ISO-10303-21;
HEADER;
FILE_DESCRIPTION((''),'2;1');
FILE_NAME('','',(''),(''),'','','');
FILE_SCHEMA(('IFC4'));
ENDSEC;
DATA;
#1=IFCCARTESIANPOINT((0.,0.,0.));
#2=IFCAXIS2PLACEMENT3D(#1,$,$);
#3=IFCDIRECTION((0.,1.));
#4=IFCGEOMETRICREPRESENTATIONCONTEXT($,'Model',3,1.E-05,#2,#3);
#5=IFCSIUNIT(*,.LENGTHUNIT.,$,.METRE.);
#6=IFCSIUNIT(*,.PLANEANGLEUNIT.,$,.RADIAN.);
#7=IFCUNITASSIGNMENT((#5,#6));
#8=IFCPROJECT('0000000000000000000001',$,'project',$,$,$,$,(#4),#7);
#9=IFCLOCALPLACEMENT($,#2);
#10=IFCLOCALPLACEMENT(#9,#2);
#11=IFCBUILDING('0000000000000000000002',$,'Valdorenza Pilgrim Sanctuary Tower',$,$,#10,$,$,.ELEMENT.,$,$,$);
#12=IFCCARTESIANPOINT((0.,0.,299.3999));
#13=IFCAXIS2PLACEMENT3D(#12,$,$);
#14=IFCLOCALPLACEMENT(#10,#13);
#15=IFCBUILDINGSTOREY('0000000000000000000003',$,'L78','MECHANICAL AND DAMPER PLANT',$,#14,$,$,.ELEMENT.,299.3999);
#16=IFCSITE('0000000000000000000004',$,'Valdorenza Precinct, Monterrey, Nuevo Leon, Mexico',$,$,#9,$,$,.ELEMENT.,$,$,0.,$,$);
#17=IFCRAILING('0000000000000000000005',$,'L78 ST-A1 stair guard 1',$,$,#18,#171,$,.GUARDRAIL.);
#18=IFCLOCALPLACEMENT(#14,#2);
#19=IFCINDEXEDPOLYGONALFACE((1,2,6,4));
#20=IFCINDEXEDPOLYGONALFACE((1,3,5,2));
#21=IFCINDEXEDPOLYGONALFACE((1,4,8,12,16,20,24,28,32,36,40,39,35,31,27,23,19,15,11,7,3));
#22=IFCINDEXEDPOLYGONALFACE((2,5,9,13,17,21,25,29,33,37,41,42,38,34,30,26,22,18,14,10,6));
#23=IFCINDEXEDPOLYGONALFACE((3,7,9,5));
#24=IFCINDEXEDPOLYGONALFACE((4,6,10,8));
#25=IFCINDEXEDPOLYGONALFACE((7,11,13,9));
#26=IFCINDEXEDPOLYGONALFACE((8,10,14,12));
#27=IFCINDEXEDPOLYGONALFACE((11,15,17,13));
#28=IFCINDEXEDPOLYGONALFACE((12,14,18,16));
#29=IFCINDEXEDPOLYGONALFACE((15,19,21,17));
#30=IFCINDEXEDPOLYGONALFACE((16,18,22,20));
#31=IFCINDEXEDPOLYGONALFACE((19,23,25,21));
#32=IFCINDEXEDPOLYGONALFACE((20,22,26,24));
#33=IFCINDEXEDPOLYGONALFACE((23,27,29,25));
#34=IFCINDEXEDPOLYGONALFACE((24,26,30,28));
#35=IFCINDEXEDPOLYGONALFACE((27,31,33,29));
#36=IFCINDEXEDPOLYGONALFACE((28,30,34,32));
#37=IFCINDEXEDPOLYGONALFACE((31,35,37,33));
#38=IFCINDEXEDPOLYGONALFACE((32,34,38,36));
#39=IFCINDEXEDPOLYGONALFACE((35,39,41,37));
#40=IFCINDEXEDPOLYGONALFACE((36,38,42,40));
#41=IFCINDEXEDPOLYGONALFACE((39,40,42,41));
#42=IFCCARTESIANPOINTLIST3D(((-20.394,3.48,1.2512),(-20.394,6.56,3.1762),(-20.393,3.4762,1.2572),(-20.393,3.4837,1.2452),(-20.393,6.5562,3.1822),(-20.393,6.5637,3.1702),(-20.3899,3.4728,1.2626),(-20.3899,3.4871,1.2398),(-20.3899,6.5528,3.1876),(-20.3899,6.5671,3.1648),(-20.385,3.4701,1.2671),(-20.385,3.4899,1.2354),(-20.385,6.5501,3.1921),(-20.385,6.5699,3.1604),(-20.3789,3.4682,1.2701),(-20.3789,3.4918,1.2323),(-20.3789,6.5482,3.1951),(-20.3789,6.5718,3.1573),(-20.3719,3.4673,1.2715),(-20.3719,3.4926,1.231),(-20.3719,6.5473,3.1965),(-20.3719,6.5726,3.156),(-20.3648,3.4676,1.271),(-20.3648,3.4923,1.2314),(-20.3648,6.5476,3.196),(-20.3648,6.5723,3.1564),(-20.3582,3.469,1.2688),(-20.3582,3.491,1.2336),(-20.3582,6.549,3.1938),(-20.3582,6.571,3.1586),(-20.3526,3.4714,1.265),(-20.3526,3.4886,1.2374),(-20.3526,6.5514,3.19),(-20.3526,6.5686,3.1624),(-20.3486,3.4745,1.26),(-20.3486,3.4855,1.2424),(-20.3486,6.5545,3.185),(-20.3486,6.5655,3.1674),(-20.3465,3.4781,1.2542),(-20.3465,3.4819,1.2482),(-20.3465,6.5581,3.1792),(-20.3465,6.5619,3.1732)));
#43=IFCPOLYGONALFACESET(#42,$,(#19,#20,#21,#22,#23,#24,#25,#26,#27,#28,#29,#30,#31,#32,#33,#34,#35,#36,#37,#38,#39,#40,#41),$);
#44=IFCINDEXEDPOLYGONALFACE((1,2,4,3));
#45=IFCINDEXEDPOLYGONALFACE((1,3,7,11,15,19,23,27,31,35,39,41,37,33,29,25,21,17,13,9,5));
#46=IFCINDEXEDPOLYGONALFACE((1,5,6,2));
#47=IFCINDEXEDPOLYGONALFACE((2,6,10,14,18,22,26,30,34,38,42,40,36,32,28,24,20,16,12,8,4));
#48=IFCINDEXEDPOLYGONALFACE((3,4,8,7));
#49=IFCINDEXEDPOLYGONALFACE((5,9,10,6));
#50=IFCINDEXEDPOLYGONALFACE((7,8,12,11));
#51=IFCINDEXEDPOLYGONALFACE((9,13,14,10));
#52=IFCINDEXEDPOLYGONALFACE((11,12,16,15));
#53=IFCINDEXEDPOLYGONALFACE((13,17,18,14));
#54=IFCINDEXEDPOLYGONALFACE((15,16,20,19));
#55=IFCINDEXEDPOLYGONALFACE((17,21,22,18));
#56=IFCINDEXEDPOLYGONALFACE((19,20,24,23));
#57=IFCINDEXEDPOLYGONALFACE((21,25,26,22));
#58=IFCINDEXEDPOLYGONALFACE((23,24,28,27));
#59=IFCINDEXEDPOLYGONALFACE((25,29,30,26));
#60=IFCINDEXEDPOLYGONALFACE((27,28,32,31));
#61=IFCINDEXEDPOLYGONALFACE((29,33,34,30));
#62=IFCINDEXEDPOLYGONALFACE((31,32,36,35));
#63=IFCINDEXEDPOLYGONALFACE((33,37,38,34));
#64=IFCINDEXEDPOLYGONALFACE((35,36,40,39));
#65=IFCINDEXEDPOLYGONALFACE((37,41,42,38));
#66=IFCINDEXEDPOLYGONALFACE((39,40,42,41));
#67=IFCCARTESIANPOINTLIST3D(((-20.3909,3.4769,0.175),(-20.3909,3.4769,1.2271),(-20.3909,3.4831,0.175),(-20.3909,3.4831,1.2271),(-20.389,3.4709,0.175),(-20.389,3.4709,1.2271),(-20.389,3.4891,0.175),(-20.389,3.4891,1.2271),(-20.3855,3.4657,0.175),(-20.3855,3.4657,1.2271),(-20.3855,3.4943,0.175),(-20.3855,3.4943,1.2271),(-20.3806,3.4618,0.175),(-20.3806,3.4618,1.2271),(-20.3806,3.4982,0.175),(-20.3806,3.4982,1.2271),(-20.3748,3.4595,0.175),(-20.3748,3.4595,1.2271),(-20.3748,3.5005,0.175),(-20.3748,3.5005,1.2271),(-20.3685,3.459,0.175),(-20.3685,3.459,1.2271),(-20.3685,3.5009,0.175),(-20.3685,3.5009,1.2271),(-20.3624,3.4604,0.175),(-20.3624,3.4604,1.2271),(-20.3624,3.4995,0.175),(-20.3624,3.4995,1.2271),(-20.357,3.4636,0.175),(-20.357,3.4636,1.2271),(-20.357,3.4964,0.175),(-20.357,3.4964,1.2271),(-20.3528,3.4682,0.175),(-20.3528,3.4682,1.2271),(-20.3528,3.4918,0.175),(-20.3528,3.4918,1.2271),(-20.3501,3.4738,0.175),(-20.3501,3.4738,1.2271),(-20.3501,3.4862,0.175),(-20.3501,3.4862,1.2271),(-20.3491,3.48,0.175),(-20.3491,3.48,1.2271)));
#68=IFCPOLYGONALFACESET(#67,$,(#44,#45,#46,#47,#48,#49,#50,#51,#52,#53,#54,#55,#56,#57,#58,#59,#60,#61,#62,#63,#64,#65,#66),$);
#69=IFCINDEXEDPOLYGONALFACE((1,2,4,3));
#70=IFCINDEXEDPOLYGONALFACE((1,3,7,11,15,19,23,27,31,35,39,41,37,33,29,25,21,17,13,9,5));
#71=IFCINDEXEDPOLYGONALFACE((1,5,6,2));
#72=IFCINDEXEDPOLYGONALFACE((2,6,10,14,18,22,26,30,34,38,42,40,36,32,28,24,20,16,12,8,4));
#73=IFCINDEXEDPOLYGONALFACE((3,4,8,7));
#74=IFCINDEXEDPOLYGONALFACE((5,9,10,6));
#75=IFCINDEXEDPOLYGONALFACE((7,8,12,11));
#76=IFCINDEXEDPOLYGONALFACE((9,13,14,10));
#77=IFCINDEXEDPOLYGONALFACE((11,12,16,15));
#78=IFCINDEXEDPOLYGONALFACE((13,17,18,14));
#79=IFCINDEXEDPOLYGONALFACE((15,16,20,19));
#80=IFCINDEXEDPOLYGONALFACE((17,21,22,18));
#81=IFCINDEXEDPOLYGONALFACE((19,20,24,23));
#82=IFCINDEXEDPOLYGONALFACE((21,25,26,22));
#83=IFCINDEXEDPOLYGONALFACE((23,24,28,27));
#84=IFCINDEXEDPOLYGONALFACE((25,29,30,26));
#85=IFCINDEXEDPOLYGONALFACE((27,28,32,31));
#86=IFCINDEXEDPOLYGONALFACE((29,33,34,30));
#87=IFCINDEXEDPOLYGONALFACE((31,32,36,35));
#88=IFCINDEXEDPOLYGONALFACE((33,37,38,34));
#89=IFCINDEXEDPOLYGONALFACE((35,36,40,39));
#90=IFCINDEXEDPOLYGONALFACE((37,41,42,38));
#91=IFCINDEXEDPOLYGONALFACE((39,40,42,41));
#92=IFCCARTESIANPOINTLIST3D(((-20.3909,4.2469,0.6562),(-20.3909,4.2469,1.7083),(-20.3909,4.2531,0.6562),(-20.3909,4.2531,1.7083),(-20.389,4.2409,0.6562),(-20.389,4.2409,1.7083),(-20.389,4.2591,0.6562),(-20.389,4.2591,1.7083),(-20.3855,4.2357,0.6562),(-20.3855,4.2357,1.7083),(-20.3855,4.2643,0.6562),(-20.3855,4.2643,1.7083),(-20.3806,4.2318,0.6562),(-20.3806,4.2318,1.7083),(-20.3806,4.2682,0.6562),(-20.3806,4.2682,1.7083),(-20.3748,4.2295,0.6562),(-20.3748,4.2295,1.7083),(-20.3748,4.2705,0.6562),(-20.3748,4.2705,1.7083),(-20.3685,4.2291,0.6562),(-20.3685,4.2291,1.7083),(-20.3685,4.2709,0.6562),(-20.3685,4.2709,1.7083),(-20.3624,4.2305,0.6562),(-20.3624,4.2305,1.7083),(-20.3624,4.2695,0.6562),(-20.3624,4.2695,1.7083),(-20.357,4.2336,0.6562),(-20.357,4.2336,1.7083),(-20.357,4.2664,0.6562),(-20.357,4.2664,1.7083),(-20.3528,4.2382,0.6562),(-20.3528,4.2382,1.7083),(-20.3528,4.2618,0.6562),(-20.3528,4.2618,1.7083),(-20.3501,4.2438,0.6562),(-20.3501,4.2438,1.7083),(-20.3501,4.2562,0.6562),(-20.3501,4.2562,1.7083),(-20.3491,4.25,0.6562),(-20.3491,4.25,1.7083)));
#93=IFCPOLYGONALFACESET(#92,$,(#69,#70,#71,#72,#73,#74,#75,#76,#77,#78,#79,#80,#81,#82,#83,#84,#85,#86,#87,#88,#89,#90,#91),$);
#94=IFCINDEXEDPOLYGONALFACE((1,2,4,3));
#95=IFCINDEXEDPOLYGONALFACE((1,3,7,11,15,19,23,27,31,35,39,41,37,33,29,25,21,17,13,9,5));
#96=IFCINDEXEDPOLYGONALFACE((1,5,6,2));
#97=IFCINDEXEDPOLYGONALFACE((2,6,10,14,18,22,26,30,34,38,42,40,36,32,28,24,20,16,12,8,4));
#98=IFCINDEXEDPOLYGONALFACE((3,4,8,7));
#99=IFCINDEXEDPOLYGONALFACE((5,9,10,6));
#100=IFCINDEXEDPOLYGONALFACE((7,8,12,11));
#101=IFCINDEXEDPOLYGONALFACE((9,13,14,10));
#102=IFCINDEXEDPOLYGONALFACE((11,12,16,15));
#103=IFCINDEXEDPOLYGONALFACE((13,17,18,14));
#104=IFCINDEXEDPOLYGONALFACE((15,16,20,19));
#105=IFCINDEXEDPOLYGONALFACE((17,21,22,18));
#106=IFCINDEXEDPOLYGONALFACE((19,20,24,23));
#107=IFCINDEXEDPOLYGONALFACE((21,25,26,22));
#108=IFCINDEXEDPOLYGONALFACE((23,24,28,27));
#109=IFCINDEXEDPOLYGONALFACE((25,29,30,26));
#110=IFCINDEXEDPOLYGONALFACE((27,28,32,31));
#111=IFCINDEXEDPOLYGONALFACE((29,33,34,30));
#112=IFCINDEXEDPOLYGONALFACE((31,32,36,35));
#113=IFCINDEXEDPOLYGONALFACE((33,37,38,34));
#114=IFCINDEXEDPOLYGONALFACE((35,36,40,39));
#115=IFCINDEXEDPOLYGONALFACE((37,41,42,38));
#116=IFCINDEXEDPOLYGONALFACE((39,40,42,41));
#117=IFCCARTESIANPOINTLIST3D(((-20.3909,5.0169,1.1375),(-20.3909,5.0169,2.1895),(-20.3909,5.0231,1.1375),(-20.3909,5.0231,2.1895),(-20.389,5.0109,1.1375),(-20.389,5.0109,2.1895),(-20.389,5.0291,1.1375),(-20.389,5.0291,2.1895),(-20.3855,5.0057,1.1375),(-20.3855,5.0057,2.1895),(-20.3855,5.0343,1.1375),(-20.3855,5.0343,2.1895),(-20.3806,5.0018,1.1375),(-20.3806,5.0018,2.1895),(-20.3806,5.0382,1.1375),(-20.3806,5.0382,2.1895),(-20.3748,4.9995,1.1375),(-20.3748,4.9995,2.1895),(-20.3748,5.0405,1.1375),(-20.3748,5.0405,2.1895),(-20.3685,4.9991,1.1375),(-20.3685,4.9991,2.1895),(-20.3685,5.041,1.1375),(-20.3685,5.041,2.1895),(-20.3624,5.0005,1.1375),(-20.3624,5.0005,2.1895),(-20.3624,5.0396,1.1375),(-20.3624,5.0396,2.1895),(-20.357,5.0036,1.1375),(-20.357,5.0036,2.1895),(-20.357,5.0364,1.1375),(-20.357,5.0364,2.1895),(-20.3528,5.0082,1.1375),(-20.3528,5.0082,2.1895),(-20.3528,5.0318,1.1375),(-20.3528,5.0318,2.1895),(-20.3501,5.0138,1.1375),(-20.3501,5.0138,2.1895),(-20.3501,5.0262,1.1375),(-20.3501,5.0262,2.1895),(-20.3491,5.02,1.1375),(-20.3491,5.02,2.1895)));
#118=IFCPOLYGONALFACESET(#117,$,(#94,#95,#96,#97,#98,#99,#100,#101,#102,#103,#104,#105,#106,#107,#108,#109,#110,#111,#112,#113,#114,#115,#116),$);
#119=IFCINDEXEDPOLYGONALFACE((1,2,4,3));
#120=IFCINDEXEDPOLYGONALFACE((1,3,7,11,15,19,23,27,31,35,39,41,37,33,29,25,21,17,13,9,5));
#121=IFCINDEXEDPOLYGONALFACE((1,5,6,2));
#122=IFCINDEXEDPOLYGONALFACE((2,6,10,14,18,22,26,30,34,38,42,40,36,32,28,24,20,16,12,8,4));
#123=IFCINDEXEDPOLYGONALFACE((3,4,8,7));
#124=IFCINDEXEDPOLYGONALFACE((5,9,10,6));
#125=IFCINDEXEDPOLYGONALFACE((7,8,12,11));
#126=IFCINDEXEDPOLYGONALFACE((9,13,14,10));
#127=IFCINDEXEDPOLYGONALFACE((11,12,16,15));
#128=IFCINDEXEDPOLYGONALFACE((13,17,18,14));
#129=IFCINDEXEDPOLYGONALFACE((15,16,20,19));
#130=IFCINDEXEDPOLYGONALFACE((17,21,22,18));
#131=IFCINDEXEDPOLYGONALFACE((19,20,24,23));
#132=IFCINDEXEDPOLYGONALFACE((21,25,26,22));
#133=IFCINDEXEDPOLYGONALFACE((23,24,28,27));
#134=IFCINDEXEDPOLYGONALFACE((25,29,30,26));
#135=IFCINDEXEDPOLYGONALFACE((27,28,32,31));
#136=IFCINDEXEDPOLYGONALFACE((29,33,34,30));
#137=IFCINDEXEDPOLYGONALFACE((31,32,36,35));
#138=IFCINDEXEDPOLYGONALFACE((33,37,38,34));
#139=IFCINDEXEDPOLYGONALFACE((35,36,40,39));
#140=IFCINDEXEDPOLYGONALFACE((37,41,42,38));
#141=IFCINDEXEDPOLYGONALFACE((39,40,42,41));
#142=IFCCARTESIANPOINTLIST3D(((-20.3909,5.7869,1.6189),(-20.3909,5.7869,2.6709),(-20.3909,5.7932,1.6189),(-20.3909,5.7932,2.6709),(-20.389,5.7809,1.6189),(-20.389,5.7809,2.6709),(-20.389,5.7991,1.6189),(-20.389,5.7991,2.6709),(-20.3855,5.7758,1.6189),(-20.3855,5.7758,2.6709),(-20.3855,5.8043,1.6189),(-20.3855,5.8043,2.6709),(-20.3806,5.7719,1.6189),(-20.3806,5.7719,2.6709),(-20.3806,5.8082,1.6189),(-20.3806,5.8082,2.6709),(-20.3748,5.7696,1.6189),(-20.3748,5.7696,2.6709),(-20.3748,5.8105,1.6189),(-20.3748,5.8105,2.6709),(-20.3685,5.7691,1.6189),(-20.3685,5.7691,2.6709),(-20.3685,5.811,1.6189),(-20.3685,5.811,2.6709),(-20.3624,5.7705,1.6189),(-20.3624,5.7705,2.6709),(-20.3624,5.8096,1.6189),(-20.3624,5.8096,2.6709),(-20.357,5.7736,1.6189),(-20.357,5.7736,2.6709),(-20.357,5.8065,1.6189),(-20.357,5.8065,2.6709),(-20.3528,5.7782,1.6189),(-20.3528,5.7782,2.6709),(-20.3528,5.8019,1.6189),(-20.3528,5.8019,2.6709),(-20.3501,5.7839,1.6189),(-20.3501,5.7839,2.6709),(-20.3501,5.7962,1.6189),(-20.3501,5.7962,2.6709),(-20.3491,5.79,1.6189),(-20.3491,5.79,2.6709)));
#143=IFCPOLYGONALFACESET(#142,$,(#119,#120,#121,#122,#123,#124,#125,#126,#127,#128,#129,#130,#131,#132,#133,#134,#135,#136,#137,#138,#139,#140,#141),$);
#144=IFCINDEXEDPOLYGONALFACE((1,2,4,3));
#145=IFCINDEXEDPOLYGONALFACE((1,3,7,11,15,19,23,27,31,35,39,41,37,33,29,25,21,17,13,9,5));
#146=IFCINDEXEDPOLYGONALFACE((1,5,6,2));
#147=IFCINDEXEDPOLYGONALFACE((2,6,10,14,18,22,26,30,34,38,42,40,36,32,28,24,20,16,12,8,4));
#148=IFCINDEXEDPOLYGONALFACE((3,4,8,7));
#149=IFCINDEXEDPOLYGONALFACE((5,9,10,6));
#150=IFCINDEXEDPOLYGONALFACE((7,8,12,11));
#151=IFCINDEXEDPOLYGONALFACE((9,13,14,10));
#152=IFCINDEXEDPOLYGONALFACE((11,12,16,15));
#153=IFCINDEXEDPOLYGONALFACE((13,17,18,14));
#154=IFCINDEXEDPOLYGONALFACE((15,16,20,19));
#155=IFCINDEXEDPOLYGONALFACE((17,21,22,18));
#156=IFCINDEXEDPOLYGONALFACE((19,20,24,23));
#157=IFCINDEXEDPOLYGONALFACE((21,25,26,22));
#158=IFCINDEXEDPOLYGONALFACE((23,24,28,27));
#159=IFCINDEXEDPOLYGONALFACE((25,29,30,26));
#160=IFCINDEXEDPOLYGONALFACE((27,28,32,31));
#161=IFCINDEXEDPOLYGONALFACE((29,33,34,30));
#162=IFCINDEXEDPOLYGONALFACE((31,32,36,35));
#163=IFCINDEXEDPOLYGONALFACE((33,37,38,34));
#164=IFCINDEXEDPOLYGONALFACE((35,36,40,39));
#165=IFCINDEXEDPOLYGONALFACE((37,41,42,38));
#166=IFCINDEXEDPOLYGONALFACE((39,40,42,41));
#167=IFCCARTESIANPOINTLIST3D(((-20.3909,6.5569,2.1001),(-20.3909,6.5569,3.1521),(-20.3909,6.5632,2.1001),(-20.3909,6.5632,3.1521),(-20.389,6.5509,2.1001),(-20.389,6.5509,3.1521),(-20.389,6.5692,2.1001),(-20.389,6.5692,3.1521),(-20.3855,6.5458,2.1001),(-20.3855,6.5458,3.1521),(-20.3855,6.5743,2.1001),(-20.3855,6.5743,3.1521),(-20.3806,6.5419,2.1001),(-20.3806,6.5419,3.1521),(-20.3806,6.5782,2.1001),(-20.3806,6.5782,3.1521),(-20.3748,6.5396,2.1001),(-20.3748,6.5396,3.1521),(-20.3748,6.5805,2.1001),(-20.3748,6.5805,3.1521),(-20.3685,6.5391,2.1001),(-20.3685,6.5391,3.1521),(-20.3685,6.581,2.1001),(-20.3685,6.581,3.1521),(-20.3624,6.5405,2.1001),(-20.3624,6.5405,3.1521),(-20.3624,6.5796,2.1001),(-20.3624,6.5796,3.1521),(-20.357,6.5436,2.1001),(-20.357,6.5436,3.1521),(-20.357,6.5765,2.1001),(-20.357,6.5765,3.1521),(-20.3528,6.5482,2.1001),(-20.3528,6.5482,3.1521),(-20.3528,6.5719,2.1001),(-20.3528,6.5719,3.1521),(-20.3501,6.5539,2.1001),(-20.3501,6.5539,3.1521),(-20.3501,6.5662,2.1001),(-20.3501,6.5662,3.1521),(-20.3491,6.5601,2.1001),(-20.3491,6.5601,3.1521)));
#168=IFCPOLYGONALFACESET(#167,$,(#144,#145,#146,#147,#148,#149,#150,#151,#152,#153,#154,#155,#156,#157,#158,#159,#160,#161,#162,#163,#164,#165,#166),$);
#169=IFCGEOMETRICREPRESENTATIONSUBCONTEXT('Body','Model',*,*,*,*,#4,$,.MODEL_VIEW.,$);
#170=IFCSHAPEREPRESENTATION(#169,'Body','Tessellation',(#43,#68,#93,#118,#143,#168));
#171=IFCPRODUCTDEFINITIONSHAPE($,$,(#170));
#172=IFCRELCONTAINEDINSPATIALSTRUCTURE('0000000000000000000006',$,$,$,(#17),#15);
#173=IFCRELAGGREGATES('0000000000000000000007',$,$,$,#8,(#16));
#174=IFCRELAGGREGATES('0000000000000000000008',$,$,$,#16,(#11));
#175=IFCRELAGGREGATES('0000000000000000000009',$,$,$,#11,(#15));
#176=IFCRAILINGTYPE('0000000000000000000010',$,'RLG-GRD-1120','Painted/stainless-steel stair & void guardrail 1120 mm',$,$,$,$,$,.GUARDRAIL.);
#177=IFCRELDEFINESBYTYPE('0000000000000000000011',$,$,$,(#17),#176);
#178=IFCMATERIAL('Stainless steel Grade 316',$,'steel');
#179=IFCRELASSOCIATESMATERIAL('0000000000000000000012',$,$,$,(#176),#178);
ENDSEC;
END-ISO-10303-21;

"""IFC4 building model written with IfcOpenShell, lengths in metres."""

from ifc_helpers import new_model, si_unit, direction, frame, origin, origin_2d, place, context, subcontext, project, spatial, circle, extrude, material, type_object, element, save


model = new_model("IFC4")

# Units and contexts
model_context = context("Model", 3, precision=1e-05, world=origin(), true_north=direction((0.0, 1.0)))
body_context = subcontext(model_context, "Body", "Model", "MODEL_VIEW")
ifc_project = project(units=[si_unit("LENGTHUNIT", "METRE"), si_unit("PLANEANGLEUNIT", "RADIAN")], contexts=[model_context])

# Site, building, storey
site_placement = place(None, origin())
site = spatial("IfcSite", under=ifc_project, at=site_placement, Name="Valdorenza Precinct, Monterrey, Nuevo Leon, Mexico", CompositionType="ELEMENT", RefElevation=0.0)
building_placement = place(site_placement, origin())
building = spatial("IfcBuilding", under=site, at=building_placement, Name="Valdorenza Pilgrim Sanctuary Tower", CompositionType="ELEMENT")
storey_placement = place(building_placement, frame((0.0, 0.0, 299.3999)))
storey = spatial("IfcBuildingStorey", under=building, at=storey_placement, Name="L78", Description="MECHANICAL AND DAMPER PLANT", CompositionType="ELEMENT", Elevation=299.3999)

# Railing
ifc_material_1 = material(Name="Stainless steel Grade 316", Category="steel")
railing_type_1 = type_object("IfcRailingType", Name="RLG-GRD-1120", Description="Painted/stainless-steel stair & void guardrail 1120 mm", PredefinedType="GUARDRAIL", material=ifc_material_1)
railing_1_placement = place(storey_placement, frame((-20.3701, 3.48, 0.175)))
element("IfcRailing", 1, at=railing_1_placement, inside=storey, type_object=railing_type_1, Name="L78 ST-A1 stair guard 1", PredefinedType="GUARDRAIL", context=body_context, shape_type="SweptSolid", body=[
    extrude(circle(Radius=0.0239, at=origin_2d()), frame((0.0, 0.0, 1.0762), z_axis=(0.0, 0.847998, 0.529999), x_axis=(-1.0, 0.0, 0.0)), (0.0, 0.0, 1.0), 3.6321),
    extrude(circle(Radius=0.021, at=origin_2d()), origin(), (0.0, 0.0, 1.0), 1.052),
    extrude(circle(Radius=0.021, at=origin_2d()), frame((0.0, 0.77, 0.4812)), (0.0, 0.0, 1.0), 1.052),
    extrude(circle(Radius=0.021, at=origin_2d()), frame((0.0, 1.54, 0.9624)), (0.0, 0.0, 1.0), 1.052),
    extrude(circle(Radius=0.021, at=origin_2d()), frame((0.0, 2.3101, 1.4438)), (0.0, 0.0, 1.0), 1.052),
    extrude(circle(Radius=0.021, at=origin_2d()), frame((0.0, 3.0801, 1.925)), (0.0, 0.0, 1.0), 1.052),
])

save(model, "model.ifc")
